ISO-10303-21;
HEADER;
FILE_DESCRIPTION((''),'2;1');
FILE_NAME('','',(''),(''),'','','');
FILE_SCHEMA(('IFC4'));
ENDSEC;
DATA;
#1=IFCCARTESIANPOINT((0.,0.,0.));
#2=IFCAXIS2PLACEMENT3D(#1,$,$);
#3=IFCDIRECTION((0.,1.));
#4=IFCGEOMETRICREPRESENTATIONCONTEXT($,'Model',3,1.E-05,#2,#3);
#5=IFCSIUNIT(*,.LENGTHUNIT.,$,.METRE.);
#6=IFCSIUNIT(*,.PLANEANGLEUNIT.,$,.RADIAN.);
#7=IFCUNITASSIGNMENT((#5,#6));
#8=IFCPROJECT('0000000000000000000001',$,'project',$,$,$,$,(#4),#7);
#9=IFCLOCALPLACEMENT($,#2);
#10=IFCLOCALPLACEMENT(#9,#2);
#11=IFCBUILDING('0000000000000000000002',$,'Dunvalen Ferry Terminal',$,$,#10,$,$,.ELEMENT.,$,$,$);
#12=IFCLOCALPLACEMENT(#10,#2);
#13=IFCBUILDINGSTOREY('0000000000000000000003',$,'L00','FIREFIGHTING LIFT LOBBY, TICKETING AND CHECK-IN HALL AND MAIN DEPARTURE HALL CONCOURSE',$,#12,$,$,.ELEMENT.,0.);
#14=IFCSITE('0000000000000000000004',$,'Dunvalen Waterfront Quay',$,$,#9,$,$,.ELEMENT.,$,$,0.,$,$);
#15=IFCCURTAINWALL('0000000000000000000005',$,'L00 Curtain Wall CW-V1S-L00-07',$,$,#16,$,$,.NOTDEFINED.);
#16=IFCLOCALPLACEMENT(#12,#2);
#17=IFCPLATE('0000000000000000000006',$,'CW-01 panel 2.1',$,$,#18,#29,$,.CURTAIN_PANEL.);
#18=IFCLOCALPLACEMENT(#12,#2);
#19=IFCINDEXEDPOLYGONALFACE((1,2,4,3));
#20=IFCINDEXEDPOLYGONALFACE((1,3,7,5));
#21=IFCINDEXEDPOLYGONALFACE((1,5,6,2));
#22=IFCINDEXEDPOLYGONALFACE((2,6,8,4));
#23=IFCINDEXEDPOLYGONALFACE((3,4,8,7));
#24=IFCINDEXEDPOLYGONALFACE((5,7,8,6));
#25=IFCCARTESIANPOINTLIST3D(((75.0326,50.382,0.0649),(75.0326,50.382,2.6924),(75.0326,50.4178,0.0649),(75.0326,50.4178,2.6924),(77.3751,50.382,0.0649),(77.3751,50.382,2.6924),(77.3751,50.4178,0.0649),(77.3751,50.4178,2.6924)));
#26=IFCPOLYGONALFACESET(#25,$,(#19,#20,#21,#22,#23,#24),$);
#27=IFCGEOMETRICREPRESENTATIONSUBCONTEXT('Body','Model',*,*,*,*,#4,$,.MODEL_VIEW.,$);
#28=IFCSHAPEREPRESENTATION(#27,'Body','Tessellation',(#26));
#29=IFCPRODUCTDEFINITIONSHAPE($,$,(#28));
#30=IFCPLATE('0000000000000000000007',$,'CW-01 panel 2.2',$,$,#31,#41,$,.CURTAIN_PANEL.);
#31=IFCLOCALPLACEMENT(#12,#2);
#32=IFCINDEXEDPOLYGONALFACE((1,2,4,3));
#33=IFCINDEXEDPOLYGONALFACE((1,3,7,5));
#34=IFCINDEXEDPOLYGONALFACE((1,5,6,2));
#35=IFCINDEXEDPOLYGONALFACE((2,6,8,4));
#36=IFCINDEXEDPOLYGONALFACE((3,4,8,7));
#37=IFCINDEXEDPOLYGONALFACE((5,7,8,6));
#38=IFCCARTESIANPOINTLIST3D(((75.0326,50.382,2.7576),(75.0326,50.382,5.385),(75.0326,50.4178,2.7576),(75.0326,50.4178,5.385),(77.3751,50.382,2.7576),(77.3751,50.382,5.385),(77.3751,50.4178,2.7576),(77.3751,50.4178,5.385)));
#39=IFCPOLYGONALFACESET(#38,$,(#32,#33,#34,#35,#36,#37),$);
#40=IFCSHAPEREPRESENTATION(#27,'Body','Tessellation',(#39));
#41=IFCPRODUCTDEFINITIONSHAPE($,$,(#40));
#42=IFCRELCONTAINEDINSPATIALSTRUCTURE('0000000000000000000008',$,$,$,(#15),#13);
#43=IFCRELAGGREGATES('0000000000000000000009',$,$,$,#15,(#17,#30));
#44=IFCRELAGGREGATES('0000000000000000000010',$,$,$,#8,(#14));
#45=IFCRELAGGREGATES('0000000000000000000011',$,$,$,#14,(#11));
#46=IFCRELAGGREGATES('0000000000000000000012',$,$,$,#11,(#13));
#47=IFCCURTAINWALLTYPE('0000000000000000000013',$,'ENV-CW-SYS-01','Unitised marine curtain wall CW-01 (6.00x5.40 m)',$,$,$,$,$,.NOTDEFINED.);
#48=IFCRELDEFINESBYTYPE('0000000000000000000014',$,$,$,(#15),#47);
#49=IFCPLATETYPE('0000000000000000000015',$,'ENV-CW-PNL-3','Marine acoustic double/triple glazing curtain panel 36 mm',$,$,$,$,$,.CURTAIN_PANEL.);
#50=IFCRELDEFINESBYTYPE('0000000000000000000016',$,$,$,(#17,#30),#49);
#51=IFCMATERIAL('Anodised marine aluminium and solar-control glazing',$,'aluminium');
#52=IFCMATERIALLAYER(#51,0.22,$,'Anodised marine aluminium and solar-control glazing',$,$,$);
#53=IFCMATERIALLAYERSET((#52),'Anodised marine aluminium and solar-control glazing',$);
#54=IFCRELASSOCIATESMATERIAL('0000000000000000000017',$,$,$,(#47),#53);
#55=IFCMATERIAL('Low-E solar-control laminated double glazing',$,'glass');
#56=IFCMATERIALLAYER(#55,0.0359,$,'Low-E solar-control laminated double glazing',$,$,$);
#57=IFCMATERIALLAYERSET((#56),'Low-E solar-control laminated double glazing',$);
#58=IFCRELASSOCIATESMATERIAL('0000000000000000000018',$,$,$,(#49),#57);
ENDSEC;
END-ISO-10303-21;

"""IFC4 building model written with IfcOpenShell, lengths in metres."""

from ifc_helpers import new_model, si_unit, direction, frame, origin, origin_2d, place, context, subcontext, project, spatial, rectangle, extrude, material, layer, layer_set, type_object, element, aggregate, save


model = new_model("IFC4")

# Units and contexts
model_context = context("Model", 3, precision=1e-05, world=origin(), true_north=direction((0.0, 1.0)))
body_context = subcontext(model_context, "Body", "Model", "MODEL_VIEW")
ifc_project = project(units=[si_unit("LENGTHUNIT", "METRE"), si_unit("PLANEANGLEUNIT", "RADIAN")], contexts=[model_context])

# Site, building, storey
site_placement = place(None, origin())
site = spatial("IfcSite", under=ifc_project, at=site_placement, Name="Dunvalen Waterfront Quay", CompositionType="ELEMENT", RefElevation=0.0)
building_placement = place(site_placement, origin())
building = spatial("IfcBuilding", under=site, at=building_placement, Name="Dunvalen Ferry Terminal", CompositionType="ELEMENT")
storey_placement = place(building_placement, origin())
storey = spatial("IfcBuildingStorey", under=building, at=storey_placement, Name="L00", Description="FIREFIGHTING LIFT LOBBY, TICKETING AND CHECK-IN HALL AND MAIN DEPARTURE HALL CONCOURSE", CompositionType="ELEMENT", Elevation=0.0)

# Shared definitions
ifc_material_1 = material(Name="Anodised marine aluminium and solar-control glazing", Category="aluminium")
ifc_layer_1 = layer(ifc_material_1, 0.22, Name="Anodised marine aluminium and solar-control glazing")
ifc_layer_set_1 = layer_set([ifc_layer_1], Name="Anodised marine aluminium and solar-control glazing")
curtain_wall_type = type_object("IfcCurtainWallType", Name="ENV-CW-SYS-01", Description="Unitised marine curtain wall CW-01 (6.00x5.40 m)", PredefinedType="NOTDEFINED", material=ifc_layer_set_1)

# Curtain wall
curtain_wall_1_placement = place(storey_placement, origin())
curtain_wall_1 = element("IfcCurtainWall", 1, at=curtain_wall_1_placement, inside=storey, type_object=curtain_wall_type, Name="L00 Curtain Wall CW-V1S-L00-07", PredefinedType="NOTDEFINED")

# Plates
ifc_material_2 = material(Name="Low-E solar-control laminated double glazing", Category="glass")
ifc_layer_2 = layer(ifc_material_2, 0.0359, Name="Low-E solar-control laminated double glazing")
ifc_layer_set_2 = layer_set([ifc_layer_2], Name="Low-E solar-control laminated double glazing")
plate_type = type_object("IfcPlateType", Name="ENV-CW-PNL-3", Description="Marine acoustic double/triple glazing curtain panel 36 mm", PredefinedType="CURTAIN_PANEL", material=ifc_layer_set_2)
plate_1_placement = place(storey_placement, frame((76.2039, 50.3999, 0.0649), z_axis=(0.0, 0.0, 1.0), x_axis=(1.0, 0.0, 0.0)))
plate_1 = element("IfcPlate", 2, at=plate_1_placement, type_object=plate_type, Name="CW-01 panel 2.1", PredefinedType="CURTAIN_PANEL", context=body_context, shape_type="SweptSolid", body=[
    extrude(rectangle(XDim=2.3425, YDim=0.0359, at=origin_2d()), origin(), (0.0, 0.0, 1.0), 2.6274),
])
plate_2_placement = place(storey_placement, frame((76.2039, 50.3999, 2.7576), z_axis=(0.0, 0.0, 1.0), x_axis=(1.0, 0.0, 0.0)))
plate_2 = element("IfcPlate", 3, at=plate_2_placement, type_object=plate_type, Name="CW-01 panel 2.2", PredefinedType="CURTAIN_PANEL", context=body_context, shape_type="SweptSolid", body=[
    extrude(rectangle(XDim=2.3425, YDim=0.0359, at=origin_2d()), origin(), (0.0, 0.0, 1.0), 2.6274),
])
aggregate(curtain_wall_1, [plate_1, plate_2])

save(model, "model.ifc")
